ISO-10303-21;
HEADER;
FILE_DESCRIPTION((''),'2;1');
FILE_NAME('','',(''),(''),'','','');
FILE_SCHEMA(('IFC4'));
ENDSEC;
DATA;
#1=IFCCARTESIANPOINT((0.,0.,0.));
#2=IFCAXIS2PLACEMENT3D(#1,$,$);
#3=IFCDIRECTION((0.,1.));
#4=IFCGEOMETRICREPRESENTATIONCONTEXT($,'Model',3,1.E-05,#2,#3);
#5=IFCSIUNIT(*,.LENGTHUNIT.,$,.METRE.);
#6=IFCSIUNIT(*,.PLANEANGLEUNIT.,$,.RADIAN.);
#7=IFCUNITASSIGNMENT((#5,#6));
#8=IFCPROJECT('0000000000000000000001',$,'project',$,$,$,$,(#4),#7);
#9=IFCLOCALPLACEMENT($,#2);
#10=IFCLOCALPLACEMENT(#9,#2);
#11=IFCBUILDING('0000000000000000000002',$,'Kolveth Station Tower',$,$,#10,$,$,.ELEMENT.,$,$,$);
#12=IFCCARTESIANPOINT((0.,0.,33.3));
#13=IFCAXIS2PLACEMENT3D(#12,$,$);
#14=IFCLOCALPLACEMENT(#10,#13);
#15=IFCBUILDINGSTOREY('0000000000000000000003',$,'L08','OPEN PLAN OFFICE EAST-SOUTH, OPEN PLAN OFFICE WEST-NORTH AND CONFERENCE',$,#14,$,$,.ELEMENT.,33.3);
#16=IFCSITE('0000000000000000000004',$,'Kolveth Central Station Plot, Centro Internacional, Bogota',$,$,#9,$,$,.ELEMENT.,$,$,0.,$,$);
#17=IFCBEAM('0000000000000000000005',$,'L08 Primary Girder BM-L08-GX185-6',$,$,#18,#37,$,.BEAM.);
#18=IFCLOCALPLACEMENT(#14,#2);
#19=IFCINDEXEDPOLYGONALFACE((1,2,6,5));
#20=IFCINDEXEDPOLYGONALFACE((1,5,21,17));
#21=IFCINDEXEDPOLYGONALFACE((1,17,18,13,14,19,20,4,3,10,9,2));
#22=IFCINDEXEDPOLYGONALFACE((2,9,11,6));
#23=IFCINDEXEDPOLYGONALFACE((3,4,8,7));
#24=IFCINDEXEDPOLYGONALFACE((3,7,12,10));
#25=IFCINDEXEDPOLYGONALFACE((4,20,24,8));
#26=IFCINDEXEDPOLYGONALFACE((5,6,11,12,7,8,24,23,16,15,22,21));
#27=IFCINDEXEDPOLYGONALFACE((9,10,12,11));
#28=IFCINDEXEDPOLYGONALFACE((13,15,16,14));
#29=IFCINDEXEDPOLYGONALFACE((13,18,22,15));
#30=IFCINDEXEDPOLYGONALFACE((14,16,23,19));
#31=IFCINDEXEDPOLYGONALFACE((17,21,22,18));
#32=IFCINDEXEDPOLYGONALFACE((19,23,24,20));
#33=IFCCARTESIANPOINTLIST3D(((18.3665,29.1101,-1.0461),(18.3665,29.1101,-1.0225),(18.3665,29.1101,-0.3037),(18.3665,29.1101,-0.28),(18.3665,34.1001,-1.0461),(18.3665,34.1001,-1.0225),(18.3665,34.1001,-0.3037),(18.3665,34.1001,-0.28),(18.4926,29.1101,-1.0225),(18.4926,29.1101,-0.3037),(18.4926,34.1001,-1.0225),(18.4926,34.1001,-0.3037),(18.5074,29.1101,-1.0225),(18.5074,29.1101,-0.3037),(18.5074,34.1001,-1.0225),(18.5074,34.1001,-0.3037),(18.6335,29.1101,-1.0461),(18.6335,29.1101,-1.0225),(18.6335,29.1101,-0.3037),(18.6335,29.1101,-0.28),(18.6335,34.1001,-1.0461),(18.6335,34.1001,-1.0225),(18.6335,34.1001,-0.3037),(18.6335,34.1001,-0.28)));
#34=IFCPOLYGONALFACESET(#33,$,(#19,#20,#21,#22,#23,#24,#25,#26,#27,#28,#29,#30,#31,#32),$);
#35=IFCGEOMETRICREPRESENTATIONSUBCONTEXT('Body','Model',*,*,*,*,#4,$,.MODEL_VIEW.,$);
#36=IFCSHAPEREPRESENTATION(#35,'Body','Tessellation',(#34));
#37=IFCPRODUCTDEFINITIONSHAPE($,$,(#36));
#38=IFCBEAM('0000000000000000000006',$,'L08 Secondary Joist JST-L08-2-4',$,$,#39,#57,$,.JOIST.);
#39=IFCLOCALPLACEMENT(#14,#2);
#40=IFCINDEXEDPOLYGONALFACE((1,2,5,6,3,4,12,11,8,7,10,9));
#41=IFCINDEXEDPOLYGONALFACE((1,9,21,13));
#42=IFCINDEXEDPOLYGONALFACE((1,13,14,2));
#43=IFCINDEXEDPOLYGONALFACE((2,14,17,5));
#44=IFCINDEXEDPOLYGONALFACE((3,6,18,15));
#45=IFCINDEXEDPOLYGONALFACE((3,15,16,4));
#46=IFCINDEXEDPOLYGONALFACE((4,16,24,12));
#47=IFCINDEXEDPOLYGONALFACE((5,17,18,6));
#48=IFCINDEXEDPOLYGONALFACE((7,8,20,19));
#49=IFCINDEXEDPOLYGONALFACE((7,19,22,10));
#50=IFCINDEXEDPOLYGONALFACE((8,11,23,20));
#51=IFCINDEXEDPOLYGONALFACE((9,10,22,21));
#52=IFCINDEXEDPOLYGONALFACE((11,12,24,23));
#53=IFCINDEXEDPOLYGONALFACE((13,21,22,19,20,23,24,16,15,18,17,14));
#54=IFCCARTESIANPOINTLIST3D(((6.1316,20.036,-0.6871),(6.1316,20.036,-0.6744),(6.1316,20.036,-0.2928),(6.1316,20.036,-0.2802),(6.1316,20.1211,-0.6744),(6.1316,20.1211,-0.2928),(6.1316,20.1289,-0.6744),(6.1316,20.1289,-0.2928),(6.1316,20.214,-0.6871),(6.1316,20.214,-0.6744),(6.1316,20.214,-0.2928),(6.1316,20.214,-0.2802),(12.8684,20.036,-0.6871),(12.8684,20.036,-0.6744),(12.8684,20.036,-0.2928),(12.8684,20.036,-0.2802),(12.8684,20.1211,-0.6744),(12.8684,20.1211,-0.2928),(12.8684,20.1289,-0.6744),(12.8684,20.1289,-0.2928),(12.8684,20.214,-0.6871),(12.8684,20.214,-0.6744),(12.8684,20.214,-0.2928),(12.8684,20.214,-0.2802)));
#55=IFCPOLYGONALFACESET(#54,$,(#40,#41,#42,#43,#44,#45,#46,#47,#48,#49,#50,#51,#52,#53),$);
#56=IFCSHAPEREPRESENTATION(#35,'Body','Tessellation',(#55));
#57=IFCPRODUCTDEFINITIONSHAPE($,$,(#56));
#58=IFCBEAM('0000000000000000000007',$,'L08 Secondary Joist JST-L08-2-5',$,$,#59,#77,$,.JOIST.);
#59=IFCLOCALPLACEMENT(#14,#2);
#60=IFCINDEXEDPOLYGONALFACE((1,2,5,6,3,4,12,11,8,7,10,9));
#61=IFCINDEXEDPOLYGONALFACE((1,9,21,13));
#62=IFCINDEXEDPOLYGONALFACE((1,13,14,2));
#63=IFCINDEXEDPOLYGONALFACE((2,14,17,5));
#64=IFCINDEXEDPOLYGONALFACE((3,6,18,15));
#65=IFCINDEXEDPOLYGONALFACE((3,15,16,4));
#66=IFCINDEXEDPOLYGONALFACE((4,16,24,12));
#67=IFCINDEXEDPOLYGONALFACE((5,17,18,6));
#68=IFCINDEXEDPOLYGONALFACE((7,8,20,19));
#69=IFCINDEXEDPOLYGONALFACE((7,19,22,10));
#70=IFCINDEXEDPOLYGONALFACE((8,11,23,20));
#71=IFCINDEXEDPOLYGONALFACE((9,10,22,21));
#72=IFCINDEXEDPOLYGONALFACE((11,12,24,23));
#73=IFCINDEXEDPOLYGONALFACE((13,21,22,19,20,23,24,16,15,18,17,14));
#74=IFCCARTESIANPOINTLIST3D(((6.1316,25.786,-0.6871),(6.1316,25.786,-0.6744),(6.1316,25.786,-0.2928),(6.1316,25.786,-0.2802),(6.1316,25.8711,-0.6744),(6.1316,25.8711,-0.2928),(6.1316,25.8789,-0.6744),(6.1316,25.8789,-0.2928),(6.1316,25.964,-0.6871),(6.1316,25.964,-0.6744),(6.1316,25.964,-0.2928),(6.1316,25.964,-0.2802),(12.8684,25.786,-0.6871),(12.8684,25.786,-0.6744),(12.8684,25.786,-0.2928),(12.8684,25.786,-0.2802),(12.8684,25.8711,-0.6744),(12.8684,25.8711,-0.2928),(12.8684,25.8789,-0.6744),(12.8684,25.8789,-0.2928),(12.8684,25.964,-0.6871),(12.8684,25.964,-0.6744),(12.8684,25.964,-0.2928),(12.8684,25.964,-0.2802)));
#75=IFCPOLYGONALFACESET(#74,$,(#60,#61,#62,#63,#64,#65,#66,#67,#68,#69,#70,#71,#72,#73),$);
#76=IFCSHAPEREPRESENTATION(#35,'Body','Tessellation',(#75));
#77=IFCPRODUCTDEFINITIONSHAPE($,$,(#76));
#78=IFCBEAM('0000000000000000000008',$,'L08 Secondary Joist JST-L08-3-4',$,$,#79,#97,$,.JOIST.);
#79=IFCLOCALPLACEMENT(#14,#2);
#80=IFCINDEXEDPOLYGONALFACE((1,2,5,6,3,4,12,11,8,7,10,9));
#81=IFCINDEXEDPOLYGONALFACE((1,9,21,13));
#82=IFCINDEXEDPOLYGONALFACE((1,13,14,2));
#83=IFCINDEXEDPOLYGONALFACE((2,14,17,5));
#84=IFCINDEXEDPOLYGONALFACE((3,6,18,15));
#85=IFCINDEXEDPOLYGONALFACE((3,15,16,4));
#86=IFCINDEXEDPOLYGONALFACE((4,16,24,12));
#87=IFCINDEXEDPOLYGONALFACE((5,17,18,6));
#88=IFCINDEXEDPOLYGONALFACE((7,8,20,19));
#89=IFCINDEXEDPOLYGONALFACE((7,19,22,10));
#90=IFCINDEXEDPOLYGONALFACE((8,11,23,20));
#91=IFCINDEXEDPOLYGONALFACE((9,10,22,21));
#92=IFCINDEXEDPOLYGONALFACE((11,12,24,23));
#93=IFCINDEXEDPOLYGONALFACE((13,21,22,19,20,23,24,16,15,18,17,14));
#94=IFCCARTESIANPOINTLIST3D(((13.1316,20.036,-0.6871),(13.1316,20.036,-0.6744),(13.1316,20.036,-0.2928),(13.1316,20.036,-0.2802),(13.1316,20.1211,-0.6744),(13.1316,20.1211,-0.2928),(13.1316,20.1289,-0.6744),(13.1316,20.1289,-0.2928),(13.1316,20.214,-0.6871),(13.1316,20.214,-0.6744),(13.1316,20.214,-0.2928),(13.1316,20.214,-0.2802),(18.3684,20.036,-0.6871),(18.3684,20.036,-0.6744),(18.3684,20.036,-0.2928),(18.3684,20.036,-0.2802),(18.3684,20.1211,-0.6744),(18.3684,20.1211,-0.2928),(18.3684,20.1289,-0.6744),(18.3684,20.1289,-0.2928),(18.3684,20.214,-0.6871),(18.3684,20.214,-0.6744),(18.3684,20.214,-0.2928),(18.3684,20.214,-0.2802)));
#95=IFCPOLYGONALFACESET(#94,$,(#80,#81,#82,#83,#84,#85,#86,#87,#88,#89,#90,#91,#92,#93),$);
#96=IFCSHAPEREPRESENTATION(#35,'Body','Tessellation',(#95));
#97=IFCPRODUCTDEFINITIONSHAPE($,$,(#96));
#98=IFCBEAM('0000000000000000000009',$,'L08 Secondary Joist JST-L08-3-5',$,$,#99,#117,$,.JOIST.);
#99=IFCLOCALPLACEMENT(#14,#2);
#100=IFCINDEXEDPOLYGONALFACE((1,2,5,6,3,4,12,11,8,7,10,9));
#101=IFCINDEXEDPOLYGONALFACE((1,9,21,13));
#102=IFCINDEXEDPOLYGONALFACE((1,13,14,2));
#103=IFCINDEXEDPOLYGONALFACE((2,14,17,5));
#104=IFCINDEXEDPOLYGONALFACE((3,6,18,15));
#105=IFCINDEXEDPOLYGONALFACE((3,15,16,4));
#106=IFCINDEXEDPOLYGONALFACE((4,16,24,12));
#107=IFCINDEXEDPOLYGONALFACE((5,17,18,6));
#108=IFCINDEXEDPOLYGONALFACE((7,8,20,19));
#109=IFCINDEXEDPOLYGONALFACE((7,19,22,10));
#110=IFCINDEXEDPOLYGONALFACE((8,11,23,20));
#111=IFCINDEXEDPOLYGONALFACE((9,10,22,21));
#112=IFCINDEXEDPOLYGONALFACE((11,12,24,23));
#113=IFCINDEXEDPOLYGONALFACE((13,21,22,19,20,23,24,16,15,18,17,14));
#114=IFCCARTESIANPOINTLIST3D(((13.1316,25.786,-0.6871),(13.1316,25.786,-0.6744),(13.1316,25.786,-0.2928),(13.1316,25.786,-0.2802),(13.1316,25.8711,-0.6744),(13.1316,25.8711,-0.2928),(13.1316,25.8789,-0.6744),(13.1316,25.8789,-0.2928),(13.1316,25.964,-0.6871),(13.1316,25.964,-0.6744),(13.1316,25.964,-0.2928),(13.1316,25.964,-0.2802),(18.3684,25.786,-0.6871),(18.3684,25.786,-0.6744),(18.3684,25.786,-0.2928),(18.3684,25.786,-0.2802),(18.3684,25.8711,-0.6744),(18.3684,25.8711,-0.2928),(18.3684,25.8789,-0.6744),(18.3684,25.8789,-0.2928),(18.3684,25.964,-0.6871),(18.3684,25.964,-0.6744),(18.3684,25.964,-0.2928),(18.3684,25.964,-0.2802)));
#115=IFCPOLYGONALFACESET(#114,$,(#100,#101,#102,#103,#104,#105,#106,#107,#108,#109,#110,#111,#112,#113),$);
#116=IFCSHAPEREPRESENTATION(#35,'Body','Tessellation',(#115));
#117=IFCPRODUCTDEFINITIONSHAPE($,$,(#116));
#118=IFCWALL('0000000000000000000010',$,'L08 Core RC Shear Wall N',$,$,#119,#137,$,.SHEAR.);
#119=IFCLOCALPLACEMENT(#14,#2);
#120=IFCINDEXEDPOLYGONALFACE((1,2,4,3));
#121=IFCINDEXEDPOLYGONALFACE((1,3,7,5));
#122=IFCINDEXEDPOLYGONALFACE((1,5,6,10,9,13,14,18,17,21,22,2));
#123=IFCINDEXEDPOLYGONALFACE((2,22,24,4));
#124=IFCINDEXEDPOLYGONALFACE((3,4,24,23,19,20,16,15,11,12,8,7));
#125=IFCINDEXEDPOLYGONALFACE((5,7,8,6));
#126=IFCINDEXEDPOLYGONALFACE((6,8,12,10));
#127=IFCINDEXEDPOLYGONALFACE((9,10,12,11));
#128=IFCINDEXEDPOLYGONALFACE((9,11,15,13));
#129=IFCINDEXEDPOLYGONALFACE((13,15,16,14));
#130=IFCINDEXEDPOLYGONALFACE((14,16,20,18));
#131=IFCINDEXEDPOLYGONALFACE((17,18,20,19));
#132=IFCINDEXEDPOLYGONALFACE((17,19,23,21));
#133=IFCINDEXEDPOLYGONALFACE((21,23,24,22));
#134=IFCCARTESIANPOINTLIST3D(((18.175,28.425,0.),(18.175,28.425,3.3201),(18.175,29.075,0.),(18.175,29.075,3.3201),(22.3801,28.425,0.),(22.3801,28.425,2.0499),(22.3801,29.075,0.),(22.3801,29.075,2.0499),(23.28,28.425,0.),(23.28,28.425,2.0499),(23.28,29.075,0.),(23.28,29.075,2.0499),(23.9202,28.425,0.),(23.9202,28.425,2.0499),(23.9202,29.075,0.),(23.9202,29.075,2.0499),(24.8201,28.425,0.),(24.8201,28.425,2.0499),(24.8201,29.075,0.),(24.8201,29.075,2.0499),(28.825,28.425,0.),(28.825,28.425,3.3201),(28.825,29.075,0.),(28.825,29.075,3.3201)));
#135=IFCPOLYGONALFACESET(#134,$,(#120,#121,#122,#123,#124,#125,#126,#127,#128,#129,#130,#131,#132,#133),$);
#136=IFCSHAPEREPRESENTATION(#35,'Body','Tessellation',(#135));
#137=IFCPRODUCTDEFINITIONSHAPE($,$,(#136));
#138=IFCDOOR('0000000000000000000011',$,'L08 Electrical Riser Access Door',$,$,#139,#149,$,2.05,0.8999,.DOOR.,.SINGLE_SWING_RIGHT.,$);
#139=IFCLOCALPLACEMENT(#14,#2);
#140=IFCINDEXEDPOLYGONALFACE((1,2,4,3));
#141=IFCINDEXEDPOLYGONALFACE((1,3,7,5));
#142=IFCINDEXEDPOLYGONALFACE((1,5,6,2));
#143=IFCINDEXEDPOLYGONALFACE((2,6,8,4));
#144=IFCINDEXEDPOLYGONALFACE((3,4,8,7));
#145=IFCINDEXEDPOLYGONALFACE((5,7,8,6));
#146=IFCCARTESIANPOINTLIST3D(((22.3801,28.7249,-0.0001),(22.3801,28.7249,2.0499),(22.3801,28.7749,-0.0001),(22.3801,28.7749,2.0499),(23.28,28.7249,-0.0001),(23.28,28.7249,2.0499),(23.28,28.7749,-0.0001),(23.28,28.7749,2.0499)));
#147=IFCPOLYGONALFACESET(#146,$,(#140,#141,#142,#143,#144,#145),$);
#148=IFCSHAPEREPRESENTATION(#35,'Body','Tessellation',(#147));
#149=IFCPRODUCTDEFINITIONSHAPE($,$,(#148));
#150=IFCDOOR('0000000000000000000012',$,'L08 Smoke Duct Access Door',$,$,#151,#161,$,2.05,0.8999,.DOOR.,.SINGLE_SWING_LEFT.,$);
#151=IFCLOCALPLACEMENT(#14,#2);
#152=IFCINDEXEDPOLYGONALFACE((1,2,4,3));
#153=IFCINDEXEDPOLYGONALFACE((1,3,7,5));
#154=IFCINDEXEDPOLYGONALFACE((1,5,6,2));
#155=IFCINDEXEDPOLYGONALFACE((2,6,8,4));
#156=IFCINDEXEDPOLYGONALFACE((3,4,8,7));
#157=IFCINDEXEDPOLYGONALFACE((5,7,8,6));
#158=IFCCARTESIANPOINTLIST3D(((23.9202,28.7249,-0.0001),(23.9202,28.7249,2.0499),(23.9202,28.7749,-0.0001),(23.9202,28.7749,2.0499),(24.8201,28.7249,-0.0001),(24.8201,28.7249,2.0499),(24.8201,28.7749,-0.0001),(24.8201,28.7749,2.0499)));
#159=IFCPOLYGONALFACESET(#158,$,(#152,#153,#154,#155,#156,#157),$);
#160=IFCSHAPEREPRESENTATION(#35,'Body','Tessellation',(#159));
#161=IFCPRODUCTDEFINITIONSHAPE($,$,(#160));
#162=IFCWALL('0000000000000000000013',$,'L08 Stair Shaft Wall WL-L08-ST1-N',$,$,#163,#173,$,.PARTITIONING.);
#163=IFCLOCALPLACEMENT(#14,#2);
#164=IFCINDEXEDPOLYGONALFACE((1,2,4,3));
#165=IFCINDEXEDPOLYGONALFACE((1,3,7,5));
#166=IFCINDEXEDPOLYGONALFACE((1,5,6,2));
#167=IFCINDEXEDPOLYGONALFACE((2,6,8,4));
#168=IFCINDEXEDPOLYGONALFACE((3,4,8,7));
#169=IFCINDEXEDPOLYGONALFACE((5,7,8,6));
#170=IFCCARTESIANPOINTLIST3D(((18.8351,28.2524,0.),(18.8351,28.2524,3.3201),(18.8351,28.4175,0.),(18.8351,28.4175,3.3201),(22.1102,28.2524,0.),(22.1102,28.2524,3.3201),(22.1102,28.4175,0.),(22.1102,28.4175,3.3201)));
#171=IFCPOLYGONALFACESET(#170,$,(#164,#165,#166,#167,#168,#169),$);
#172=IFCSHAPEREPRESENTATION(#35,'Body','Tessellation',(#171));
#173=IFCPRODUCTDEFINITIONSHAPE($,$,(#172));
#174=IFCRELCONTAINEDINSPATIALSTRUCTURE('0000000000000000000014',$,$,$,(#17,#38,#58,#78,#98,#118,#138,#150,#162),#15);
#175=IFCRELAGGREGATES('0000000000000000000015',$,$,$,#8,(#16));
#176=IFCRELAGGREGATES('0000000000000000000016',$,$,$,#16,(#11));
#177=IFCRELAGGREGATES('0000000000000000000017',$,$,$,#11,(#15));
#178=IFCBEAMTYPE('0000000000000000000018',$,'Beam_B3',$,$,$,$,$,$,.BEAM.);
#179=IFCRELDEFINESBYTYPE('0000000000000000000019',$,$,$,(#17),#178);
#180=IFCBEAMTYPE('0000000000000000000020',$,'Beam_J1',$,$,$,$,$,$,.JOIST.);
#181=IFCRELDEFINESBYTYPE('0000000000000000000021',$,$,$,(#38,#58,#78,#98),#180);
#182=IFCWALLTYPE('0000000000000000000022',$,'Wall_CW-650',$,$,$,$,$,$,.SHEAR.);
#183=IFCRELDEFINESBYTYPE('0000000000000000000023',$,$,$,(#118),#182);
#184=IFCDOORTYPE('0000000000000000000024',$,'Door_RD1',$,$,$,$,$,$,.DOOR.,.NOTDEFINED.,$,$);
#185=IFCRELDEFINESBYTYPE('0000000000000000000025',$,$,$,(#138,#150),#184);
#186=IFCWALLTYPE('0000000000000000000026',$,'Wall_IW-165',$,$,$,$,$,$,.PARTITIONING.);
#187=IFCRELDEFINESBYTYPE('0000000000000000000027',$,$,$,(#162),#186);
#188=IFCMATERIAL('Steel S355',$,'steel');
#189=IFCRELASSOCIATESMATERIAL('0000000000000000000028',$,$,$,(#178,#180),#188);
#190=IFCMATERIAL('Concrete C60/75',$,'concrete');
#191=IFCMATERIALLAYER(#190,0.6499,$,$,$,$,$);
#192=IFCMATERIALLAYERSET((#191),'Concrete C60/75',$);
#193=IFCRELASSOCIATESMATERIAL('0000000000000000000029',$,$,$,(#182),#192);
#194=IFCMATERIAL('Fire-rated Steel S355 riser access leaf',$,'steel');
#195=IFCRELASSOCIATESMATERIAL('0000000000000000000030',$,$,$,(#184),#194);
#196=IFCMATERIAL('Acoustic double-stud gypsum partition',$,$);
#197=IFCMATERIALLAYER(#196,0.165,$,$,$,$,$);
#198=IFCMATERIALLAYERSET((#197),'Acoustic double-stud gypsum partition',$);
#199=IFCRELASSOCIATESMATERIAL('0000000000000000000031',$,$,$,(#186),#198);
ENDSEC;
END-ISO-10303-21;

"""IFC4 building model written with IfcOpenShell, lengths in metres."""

from ifc_helpers import new_model, si_unit, direction, frame, frame_2d, origin, origin_2d, place, context, subcontext, project, spatial, rectangle, i_section, extrude, source, transform, mapped, material, layer, layer_set, material_profile, profile_set, type_object, element, fill, save


model = new_model("IFC4")

# Units and contexts
model_context = context("Model", 3, precision=1e-05, world=origin(), true_north=direction((0.0, 1.0)))
body_context = subcontext(model_context, "Body", "Model", "MODEL_VIEW")
ifc_project = project(units=[si_unit("LENGTHUNIT", "METRE"), si_unit("PLANEANGLEUNIT", "RADIAN")], contexts=[model_context])

# Site, building, storey
site_placement = place(None, origin())
site = spatial("IfcSite", under=ifc_project, at=site_placement, Name="Kolveth Central Station Plot, Centro Internacional, Bogota", CompositionType="ELEMENT", RefElevation=0.0)
building_placement = place(site_placement, origin())
building = spatial("IfcBuilding", under=site, at=building_placement, Name="Kolveth Station Tower", CompositionType="ELEMENT")
storey_placement = place(building_placement, frame((0.0, 0.0, 33.3)))
storey = spatial("IfcBuildingStorey", under=building, at=storey_placement, Name="L08", Description="OPEN PLAN OFFICE EAST-SOUTH, OPEN PLAN OFFICE WEST-NORTH AND CONFERENCE", CompositionType="ELEMENT", Elevation=33.3)

# Beams
ifc_material_1 = material(Name="Steel S355", Category="steel")
ifc_material_profile_1 = material_profile(ifc_material_1, i_section(OverallWidth=0.2671, OverallDepth=0.7661, WebThickness=0.0149, FlangeThickness=0.0237, at=origin_2d()), Name="W760x185")
ifc_profile_set_1 = profile_set([ifc_material_profile_1], Name="Steel S355")
beam_type_1 = type_object("IfcBeamType", Name="Beam_B3", PredefinedType="BEAM", material=ifc_profile_set_1)
shared_shape_1 = source(origin(), body_context, "Body", "SweptSolid", [
    extrude(i_section(OverallWidth=0.2671, OverallDepth=0.7661, WebThickness=0.0149, FlangeThickness=0.0237, at=origin_2d()), origin(), (0.0, 0.0, 1.0), 4.99),
])
beam_1_placement = place(storey_placement, frame((18.5, 29.1101, -0.6631), z_axis=(0.0, 1.0, 0.0), x_axis=(-1.0, 0.0, 0.0)))
element("IfcBeam", 1, at=beam_1_placement, inside=storey, type_object=beam_type_1, Name="L08 Primary Girder BM-L08-GX185-6", PredefinedType="BEAM", context=body_context, shape_type="MappedRepresentation", body=[
    mapped(shared_shape_1, transform((0.0, 0.0, 0.0), x_axis=(1.0, 0.0, 0.0), y_axis=(0.0, 1.0, 0.0), z_axis=(0.0, 0.0, 1.0), scale=1.0)),
])
ifc_material_profile_2 = material_profile(ifc_material_1, i_section(OverallWidth=0.178, OverallDepth=0.407, WebThickness=0.0078, FlangeThickness=0.0127, at=origin_2d()), Name="W410x60")
ifc_profile_set_2 = profile_set([ifc_material_profile_2], Name="Steel S355")
beam_type_2 = type_object("IfcBeamType", Name="Beam_J1", PredefinedType="JOIST", material=ifc_profile_set_2)
shared_shape_2 = source(origin(), body_context, "Body", "SweptSolid", [
    extrude(i_section(OverallWidth=0.178, OverallDepth=0.407, WebThickness=0.0078, FlangeThickness=0.0127, at=origin_2d()), origin(), (0.0, 0.0, 1.0), 6.7368),
])
for number, where, z_axis, x_axis, name in (
    (2, (6.1316, 20.125, -0.4836), (1.0, 0.0, 0.0), (0.0, 1.0, 0.0), "L08 Secondary Joist JST-L08-2-4"),
    (3, (6.1316, 25.875, -0.4836), (1.0, 0.0, 0.0), (0.0, 1.0, 0.0), "L08 Secondary Joist JST-L08-2-5"),
):
    element("IfcBeam", number, at=place(storey_placement, frame(where, z_axis=z_axis, x_axis=x_axis)), inside=storey, type_object=beam_type_2, Name=name, PredefinedType="JOIST", context=body_context, shape_type="MappedRepresentation", body=[
        mapped(shared_shape_2, transform((0.0, 0.0, 0.0), x_axis=(1.0, 0.0, 0.0), y_axis=(0.0, 1.0, 0.0), z_axis=(0.0, 0.0, 1.0), scale=1.0)),
    ])
shared_shape_3 = source(origin(), body_context, "Body", "SweptSolid", [
    extrude(i_section(OverallWidth=0.178, OverallDepth=0.407, WebThickness=0.0078, FlangeThickness=0.0127, at=origin_2d()), origin(), (0.0, 0.0, 1.0), 5.2368),
])
for number, where, z_axis, x_axis, name in (
    (4, (13.1316, 20.125, -0.4836), (1.0, 0.0, 0.0), (0.0, 1.0, 0.0), "L08 Secondary Joist JST-L08-3-4"),
    (5, (13.1316, 25.875, -0.4836), (1.0, 0.0, 0.0), (0.0, 1.0, 0.0), "L08 Secondary Joist JST-L08-3-5"),
):
    element("IfcBeam", number, at=place(storey_placement, frame(where, z_axis=z_axis, x_axis=x_axis)), inside=storey, type_object=beam_type_2, Name=name, PredefinedType="JOIST", context=body_context, shape_type="MappedRepresentation", body=[
        mapped(shared_shape_3, transform((0.0, 0.0, 0.0), x_axis=(1.0, 0.0, 0.0), y_axis=(0.0, 1.0, 0.0), z_axis=(0.0, 0.0, 1.0), scale=1.0)),
    ])

# Wall, openings, doors
ifc_material_2 = material(Name="Concrete C60/75", Category="concrete")
ifc_layer_1 = layer(ifc_material_2, 0.6499)
ifc_layer_set_1 = layer_set([ifc_layer_1], Name="Concrete C60/75")
wall_type_1 = type_object("IfcWallType", Name="Wall_CW-650", PredefinedType="SHEAR", material=ifc_layer_set_1)
wall_1_placement = place(storey_placement, frame((18.175, 28.75, 0.0), z_axis=(0.0, 0.0, 1.0), x_axis=(1.0, 0.0, 0.0)))
wall_1 = element("IfcWall", 6, at=wall_1_placement, inside=storey, type_object=wall_type_1, Name="L08 Core RC Shear Wall N", PredefinedType="SHEAR", context=body_context, shape_type="SweptSolid", body=[
    extrude(rectangle(XDim=10.6499, YDim=0.6499, at=frame_2d((5.325, 0.0))), origin(), (0.0, 0.0, 1.0), 3.3201),
])
opening_1_placement = place(wall_1_placement, frame((4.2051, 0.0, 0.0)))
opening_1 = element("IfcOpeningElement", 7, at=opening_1_placement, cuts=wall_1, PredefinedType="OPENING", context=body_context, shape_type="SweptSolid", body=[
    extrude(rectangle(XDim=0.8999, YDim=2.05, at=frame_2d((0.45, 1.0249))), frame((0.0, 0.335, 0.0), z_axis=(0.0, -1.0, 0.0), x_axis=(1.0, 0.0, 0.0)), (0.0, 0.0, 1.0), 0.6699),
])
opening_2_placement = place(wall_1_placement, frame((5.7451, 0.0, 0.0)))
opening_2 = element("IfcOpeningElement", 8, at=opening_2_placement, cuts=wall_1, PredefinedType="OPENING", context=body_context, shape_type="SweptSolid", body=[
    extrude(rectangle(XDim=0.8999, YDim=2.05, at=frame_2d((0.45, 1.0249))), frame((0.0, 0.335, 0.0), z_axis=(0.0, -1.0, 0.0), x_axis=(1.0, 0.0, 0.0)), (0.0, 0.0, 1.0), 0.6699),
])
ifc_material_3 = material(Name="Fire-rated Steel S355 riser access leaf", Category="steel")
door_type_1 = type_object("IfcDoorType", Name="Door_RD1", OperationType="NOTDEFINED", PredefinedType="DOOR", material=ifc_material_3)
door_1_placement = place(opening_1_placement, origin())
door_1 = element("IfcDoor", 9, at=door_1_placement, inside=storey, type_object=door_type_1, Name="L08 Electrical Riser Access Door", OperationType="SINGLE_SWING_RIGHT", OverallHeight=2.05, OverallWidth=0.8999, PredefinedType="DOOR", context=body_context, shape_type="SweptSolid", body=[
    extrude(rectangle(XDim=0.8999, YDim=2.05, at=frame_2d((0.45, 1.0249))), frame((0.0, 0.0249, 0.0), z_axis=(0.0, -1.0, 0.0), x_axis=(1.0, 0.0, 0.0)), (0.0, 0.0, 1.0), 0.05),
])
fill(opening_1, door_1)
door_2_placement = place(opening_2_placement, origin())
door_2 = element("IfcDoor", 10, at=door_2_placement, inside=storey, type_object=door_type_1, Name="L08 Smoke Duct Access Door", OperationType="SINGLE_SWING_LEFT", OverallHeight=2.05, OverallWidth=0.8999, PredefinedType="DOOR", context=body_context, shape_type="SweptSolid", body=[
    extrude(rectangle(XDim=0.8999, YDim=2.05, at=frame_2d((0.45, 1.0249))), frame((0.0, 0.0249, 0.0), z_axis=(0.0, -1.0, 0.0), x_axis=(1.0, 0.0, 0.0)), (0.0, 0.0, 1.0), 0.05),
])
fill(opening_2, door_2)

# Wall
ifc_material_4 = material(Name="Acoustic double-stud gypsum partition")
ifc_layer_2 = layer(ifc_material_4, 0.165)
ifc_layer_set_2 = layer_set([ifc_layer_2], Name="Acoustic double-stud gypsum partition")
wall_type_2 = type_object("IfcWallType", Name="Wall_IW-165", PredefinedType="PARTITIONING", material=ifc_layer_set_2)
wall_2_placement = place(storey_placement, frame((18.835, 28.335, 0.0), z_axis=(0.0, 0.0, 1.0), x_axis=(1.0, 0.0, 0.0)))
element("IfcWall", 11, at=wall_2_placement, inside=storey, type_object=wall_type_2, Name="L08 Stair Shaft Wall WL-L08-ST1-N", PredefinedType="PARTITIONING", context=body_context, shape_type="SweptSolid", body=[
    extrude(rectangle(XDim=3.2751, YDim=0.165, at=frame_2d((1.6377, 0.0))), origin(), (0.0, 0.0, 1.0), 3.3201),
])

save(model, "model.ifc")
